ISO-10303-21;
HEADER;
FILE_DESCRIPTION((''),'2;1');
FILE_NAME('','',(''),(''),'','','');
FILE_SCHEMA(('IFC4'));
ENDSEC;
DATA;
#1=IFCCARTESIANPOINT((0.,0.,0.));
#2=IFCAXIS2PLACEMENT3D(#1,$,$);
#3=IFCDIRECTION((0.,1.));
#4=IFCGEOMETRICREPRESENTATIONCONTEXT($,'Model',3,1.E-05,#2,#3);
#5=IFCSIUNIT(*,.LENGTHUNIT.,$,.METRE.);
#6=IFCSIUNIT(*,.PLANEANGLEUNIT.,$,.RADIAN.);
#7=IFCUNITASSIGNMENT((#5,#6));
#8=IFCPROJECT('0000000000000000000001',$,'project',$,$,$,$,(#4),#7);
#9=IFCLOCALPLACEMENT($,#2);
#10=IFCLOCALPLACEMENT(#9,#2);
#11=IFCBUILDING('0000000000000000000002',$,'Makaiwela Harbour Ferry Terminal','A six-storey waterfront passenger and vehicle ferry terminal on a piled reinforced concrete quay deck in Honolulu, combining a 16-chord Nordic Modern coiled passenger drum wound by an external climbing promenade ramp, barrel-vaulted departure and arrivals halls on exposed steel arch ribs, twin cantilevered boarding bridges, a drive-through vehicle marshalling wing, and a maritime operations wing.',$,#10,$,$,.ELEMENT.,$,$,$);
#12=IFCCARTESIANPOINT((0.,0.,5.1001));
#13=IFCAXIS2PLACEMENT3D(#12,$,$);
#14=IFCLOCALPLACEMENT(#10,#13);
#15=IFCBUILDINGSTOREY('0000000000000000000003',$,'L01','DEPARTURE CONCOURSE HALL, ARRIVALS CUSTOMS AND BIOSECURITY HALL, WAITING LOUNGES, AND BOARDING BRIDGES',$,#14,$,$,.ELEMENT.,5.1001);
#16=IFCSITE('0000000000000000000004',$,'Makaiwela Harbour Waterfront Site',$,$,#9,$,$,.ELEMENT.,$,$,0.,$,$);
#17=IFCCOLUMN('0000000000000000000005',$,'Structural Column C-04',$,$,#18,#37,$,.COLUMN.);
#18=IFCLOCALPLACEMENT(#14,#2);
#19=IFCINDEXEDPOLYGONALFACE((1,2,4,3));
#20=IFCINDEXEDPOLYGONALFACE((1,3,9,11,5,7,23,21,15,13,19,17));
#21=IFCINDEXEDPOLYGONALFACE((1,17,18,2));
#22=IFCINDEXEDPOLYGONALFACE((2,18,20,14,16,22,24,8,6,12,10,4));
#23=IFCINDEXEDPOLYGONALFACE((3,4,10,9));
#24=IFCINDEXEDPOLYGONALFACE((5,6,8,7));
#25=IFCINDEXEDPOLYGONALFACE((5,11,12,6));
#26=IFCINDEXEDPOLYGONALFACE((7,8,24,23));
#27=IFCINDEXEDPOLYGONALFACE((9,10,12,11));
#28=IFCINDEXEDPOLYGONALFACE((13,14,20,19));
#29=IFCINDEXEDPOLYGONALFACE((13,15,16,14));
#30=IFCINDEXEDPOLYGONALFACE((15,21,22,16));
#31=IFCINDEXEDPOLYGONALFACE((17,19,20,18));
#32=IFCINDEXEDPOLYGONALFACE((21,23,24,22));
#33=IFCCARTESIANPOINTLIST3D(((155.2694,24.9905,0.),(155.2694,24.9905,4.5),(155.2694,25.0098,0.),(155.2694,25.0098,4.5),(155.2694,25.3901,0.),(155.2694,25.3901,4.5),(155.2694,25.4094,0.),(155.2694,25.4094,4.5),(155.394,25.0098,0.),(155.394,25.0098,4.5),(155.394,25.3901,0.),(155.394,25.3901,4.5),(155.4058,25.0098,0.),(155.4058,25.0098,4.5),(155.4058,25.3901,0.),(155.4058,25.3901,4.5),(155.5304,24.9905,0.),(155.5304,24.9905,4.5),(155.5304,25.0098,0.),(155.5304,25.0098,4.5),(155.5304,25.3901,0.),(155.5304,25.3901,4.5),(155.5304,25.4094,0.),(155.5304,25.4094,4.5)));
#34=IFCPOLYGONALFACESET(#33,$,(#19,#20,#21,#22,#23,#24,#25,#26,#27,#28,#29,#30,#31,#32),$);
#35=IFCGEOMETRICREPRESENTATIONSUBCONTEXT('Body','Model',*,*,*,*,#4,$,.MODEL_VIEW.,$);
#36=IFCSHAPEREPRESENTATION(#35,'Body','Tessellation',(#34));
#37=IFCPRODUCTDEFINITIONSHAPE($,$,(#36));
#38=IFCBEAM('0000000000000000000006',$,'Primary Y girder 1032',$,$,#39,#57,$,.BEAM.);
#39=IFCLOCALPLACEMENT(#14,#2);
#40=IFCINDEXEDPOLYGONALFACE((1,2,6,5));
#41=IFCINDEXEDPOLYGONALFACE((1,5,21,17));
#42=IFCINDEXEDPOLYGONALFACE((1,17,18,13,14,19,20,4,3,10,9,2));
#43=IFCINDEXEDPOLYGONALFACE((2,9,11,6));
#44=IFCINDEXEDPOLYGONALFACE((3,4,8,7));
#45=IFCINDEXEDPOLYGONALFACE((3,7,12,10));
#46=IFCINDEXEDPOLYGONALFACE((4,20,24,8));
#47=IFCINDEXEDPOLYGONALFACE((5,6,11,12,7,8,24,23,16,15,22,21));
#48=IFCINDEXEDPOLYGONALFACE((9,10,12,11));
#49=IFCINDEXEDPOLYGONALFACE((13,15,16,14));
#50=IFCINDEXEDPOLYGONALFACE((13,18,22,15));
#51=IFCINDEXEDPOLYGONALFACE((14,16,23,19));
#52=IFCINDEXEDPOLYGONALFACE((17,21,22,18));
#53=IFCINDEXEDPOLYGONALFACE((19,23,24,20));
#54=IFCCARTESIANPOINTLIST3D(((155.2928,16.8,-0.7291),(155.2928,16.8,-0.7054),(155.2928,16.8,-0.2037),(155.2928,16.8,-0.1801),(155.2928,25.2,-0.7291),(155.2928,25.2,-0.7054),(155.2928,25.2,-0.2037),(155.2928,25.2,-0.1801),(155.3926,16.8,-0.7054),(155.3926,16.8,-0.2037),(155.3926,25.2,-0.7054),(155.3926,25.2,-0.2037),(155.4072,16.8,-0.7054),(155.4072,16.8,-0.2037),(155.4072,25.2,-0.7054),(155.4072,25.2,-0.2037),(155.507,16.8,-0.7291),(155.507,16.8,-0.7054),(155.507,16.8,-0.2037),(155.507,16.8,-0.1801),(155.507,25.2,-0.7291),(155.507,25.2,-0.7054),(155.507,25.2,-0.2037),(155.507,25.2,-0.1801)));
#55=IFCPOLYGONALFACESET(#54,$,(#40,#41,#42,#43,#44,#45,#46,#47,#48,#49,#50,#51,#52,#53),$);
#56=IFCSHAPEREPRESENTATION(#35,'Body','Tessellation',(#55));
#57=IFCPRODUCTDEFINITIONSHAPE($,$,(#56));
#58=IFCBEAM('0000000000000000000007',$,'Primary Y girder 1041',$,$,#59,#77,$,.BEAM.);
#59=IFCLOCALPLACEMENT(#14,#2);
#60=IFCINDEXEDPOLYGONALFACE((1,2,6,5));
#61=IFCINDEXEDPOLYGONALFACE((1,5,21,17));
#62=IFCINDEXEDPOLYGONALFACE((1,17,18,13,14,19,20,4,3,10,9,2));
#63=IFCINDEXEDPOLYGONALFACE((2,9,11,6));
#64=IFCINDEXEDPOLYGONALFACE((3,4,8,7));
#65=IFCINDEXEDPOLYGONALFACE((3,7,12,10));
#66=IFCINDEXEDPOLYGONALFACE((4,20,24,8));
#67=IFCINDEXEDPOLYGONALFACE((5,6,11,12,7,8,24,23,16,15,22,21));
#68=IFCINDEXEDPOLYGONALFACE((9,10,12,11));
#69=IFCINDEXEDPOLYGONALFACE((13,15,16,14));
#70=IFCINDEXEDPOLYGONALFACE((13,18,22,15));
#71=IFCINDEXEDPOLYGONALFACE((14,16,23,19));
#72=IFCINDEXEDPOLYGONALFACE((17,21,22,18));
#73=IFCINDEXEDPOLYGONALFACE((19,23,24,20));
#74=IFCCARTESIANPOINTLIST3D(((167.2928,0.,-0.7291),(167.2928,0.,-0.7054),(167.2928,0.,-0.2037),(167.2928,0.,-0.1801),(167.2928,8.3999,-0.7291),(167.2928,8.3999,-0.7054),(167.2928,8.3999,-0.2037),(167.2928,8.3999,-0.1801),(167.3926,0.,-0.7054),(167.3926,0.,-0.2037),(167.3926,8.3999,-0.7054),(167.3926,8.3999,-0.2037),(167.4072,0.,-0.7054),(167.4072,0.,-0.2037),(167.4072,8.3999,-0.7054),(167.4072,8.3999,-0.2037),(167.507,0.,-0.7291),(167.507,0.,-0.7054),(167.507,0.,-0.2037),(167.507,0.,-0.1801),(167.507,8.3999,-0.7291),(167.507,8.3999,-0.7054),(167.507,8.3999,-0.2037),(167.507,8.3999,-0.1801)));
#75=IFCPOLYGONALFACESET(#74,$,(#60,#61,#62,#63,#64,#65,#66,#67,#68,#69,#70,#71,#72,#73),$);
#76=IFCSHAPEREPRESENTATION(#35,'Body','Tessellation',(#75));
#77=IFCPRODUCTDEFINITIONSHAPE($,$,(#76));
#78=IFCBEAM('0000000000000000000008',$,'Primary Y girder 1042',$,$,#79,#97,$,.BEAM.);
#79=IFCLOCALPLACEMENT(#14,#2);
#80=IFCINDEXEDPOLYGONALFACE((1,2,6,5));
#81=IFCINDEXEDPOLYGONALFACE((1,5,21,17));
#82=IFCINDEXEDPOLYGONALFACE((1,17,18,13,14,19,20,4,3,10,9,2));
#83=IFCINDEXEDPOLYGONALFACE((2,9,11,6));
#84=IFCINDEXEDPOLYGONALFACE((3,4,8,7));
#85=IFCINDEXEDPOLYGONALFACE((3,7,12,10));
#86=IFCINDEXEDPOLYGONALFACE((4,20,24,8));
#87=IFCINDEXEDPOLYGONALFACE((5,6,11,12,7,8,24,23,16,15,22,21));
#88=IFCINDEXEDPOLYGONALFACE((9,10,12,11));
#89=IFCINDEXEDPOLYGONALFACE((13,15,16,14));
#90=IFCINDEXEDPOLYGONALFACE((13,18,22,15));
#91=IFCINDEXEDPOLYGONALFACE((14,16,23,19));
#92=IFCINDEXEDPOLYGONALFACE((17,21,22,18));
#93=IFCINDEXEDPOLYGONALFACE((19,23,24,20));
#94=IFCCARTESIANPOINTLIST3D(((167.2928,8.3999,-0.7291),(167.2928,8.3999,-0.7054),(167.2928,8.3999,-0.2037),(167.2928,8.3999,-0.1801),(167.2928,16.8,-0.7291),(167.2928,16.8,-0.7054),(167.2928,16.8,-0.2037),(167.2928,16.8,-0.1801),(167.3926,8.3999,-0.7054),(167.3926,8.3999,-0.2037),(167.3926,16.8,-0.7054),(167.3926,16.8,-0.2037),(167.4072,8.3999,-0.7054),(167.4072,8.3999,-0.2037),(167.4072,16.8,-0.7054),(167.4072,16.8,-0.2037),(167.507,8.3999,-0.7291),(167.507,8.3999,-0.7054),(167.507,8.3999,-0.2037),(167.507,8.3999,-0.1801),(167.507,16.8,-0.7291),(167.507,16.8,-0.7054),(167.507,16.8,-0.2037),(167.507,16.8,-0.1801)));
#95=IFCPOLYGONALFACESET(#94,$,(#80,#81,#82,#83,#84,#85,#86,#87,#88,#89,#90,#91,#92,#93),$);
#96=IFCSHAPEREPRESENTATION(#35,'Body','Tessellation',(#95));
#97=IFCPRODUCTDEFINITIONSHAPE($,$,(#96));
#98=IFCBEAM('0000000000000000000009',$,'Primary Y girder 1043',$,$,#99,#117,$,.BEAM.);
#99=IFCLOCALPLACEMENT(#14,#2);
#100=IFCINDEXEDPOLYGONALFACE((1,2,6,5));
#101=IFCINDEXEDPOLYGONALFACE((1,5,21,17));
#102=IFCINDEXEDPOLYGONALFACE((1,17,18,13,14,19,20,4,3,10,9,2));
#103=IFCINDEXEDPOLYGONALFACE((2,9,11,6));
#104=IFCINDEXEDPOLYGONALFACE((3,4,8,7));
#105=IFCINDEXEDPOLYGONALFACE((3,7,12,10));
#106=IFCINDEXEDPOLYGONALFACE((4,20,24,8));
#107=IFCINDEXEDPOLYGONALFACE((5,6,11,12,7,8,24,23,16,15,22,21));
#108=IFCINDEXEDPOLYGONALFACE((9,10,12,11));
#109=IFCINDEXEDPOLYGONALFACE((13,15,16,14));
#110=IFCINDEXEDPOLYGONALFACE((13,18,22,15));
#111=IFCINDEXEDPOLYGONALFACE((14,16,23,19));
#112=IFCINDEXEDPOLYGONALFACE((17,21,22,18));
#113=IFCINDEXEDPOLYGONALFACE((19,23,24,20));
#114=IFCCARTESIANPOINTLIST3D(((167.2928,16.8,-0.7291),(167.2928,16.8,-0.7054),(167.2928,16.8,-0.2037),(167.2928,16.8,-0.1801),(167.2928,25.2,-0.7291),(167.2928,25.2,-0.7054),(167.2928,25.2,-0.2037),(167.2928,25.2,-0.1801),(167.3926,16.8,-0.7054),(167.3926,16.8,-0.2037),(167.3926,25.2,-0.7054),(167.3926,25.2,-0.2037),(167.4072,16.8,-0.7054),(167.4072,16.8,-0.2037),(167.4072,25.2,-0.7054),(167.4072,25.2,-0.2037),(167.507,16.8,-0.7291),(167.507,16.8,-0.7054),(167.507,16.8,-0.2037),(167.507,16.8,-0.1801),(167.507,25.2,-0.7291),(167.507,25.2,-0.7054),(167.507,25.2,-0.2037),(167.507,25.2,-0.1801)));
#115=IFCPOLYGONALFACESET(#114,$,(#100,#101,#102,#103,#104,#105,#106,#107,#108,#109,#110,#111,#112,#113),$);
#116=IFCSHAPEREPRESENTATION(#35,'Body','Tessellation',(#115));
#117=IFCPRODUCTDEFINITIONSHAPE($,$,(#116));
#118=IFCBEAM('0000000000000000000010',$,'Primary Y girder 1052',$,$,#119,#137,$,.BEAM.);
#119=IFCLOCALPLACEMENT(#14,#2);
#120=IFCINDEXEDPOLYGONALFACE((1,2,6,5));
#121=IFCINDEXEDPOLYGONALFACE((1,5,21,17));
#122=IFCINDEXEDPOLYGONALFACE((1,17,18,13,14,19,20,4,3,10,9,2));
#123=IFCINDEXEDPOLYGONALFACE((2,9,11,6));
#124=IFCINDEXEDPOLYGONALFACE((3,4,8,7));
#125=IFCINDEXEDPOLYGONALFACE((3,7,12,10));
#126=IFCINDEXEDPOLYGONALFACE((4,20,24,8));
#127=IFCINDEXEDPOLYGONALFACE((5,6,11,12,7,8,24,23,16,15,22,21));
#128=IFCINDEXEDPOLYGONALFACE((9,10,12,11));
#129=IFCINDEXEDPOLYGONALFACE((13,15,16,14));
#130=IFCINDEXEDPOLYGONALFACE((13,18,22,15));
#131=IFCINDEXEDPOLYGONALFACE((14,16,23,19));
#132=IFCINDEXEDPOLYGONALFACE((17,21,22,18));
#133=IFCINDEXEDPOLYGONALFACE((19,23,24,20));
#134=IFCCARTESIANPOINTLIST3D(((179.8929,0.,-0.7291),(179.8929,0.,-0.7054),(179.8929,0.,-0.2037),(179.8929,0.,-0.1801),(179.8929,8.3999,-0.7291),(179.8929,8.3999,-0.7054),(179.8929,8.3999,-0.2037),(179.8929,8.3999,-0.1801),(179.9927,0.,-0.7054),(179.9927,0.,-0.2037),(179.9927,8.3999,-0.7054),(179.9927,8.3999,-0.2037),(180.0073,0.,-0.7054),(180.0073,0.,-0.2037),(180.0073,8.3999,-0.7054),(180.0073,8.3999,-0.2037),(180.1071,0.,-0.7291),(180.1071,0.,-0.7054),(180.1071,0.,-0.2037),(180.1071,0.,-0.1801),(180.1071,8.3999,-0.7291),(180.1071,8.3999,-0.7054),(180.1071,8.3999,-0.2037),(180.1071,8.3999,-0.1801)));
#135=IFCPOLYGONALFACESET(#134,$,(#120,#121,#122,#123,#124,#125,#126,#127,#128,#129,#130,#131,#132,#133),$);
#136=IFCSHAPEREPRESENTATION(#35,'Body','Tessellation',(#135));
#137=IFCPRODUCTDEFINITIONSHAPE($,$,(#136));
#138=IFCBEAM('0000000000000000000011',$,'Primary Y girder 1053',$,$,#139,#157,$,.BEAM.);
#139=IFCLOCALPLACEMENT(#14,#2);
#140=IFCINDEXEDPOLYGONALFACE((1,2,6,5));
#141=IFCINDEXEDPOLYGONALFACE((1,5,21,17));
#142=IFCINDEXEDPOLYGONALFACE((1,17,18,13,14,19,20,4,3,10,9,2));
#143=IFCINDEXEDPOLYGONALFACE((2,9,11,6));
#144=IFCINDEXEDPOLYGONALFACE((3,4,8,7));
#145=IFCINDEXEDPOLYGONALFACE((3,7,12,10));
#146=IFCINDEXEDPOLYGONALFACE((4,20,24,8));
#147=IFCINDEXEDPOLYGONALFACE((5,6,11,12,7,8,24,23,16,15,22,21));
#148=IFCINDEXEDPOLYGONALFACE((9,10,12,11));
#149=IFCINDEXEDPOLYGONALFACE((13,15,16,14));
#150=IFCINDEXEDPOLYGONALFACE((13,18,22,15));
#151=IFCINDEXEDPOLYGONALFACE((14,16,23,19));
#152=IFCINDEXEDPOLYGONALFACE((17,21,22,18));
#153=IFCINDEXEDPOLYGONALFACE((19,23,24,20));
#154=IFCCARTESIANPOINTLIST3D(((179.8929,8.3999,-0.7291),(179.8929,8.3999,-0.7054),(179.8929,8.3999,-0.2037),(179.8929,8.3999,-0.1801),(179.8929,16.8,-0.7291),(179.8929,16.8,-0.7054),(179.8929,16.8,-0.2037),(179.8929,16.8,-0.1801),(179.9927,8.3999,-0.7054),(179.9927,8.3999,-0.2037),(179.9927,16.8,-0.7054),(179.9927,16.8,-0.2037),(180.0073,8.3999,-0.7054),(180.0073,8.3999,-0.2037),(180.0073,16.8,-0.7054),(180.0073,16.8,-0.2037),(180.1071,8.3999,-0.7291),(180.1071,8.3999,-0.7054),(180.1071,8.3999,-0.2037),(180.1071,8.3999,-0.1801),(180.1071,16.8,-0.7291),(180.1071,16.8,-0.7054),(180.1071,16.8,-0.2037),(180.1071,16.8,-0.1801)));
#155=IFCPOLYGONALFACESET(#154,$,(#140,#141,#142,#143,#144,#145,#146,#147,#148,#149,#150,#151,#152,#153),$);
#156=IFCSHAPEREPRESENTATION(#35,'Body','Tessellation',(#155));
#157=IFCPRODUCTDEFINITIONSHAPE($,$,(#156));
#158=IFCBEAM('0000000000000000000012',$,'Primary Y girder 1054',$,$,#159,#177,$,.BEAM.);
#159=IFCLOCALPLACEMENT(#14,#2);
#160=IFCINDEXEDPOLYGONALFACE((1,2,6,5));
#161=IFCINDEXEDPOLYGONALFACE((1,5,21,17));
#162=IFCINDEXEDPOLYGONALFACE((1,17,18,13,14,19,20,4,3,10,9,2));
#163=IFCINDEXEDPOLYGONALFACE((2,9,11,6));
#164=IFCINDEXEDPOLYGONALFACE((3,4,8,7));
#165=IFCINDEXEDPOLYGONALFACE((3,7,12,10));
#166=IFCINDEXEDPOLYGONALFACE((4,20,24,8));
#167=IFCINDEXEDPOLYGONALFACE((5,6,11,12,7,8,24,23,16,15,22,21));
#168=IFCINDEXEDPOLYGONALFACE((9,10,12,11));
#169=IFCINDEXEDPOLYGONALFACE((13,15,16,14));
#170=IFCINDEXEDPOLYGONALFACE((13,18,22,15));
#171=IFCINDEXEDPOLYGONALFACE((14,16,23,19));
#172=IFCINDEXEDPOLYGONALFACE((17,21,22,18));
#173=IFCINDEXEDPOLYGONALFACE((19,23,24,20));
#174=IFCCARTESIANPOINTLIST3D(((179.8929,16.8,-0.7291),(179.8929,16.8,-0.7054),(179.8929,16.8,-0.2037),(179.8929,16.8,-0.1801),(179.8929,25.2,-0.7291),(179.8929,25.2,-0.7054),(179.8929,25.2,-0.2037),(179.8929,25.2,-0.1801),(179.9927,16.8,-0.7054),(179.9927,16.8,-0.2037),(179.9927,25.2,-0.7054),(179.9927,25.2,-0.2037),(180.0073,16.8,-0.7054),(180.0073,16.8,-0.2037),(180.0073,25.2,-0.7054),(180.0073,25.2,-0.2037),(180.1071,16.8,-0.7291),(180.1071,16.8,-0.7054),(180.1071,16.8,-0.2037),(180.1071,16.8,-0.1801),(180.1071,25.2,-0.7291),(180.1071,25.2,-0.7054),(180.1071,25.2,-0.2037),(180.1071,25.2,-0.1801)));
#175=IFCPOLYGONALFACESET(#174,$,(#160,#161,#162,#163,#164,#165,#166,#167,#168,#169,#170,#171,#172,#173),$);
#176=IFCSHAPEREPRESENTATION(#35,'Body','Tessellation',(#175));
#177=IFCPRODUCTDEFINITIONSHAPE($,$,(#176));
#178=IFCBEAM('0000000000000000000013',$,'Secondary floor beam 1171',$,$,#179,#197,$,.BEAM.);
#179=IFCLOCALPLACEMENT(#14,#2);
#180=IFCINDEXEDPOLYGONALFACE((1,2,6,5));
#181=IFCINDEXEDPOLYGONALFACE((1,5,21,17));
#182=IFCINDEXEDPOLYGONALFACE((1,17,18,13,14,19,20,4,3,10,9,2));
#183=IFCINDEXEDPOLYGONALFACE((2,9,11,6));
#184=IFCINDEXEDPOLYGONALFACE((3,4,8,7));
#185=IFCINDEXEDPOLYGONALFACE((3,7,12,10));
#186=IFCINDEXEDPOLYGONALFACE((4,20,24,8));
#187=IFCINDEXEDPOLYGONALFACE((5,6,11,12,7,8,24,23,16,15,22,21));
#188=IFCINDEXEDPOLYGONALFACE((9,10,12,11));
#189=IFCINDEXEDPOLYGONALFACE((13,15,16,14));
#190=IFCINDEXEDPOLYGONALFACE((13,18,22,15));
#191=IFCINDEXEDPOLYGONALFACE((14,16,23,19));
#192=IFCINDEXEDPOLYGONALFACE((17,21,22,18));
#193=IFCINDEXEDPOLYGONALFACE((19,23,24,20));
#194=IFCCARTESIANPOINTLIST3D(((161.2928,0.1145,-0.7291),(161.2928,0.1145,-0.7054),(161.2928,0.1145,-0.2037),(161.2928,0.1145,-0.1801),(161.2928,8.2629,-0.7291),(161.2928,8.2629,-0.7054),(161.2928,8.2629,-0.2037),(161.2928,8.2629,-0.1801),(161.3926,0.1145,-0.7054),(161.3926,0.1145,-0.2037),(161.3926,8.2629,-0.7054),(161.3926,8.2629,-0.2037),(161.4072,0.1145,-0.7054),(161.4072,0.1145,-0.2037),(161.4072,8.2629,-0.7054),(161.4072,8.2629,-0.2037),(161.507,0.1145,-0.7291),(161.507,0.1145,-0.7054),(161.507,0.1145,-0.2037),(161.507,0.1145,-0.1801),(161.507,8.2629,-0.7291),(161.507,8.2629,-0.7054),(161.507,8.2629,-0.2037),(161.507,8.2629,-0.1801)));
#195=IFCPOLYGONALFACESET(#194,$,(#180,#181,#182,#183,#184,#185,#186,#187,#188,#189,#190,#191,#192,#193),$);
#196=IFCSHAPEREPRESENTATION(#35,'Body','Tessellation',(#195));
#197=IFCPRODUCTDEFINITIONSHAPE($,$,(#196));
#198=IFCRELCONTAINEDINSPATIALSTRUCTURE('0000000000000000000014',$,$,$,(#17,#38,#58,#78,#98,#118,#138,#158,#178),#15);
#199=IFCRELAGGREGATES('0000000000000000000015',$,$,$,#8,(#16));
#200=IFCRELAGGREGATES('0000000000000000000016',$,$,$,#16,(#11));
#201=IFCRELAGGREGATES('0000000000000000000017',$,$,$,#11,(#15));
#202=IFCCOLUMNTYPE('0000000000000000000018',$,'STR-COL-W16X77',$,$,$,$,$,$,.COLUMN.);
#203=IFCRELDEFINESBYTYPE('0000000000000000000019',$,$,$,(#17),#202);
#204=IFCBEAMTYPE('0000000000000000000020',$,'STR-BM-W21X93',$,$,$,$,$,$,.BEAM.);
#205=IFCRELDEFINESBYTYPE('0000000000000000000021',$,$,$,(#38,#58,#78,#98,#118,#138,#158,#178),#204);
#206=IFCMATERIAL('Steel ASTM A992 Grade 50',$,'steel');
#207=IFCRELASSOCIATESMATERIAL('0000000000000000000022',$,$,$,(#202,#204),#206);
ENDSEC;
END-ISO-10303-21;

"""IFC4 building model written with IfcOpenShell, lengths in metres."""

from ifc_helpers import new_model, si_unit, direction, frame, origin, origin_2d, place, context, subcontext, project, spatial, i_section, extrude, material, material_profile, profile_set, type_object, element, save


model = new_model("IFC4")

# Units and contexts
model_context = context("Model", 3, precision=1e-05, world=origin(), true_north=direction((0.0, 1.0)))
body_context = subcontext(model_context, "Body", "Model", "MODEL_VIEW")
ifc_project = project(units=[si_unit("LENGTHUNIT", "METRE"), si_unit("PLANEANGLEUNIT", "RADIAN")], contexts=[model_context])

# Site, building, storey
site_placement = place(None, origin())
site = spatial("IfcSite", under=ifc_project, at=site_placement, Name="Makaiwela Harbour Waterfront Site", CompositionType="ELEMENT", RefElevation=0.0)
building_placement = place(site_placement, origin())
building = spatial("IfcBuilding", under=site, at=building_placement, Name="Makaiwela Harbour Ferry Terminal", Description="A six-storey waterfront passenger and vehicle ferry terminal on a piled reinforced concrete quay deck in Honolulu, combining a 16-chord Nordic Modern coiled passenger drum wound by an external climbing promenade ramp, barrel-vaulted departure and arrivals halls on exposed steel arch ribs, twin cantilevered boarding bridges, a drive-through vehicle marshalling wing, and a maritime operations wing.", CompositionType="ELEMENT")
storey_placement = place(building_placement, frame((0.0, 0.0, 5.1001)))
storey = spatial("IfcBuildingStorey", under=building, at=storey_placement, Name="L01", Description="DEPARTURE CONCOURSE HALL, ARRIVALS CUSTOMS AND BIOSECURITY HALL, WAITING LOUNGES, AND BOARDING BRIDGES", CompositionType="ELEMENT", Elevation=5.1001)

# Column
ifc_material_1 = material(Name="Steel ASTM A992 Grade 50", Category="steel")
ifc_material_profile_1 = material_profile(ifc_material_1, i_section(OverallWidth=0.261, OverallDepth=0.4189, WebThickness=0.0117, FlangeThickness=0.0193, at=origin_2d()), Name="W16X77")
ifc_profile_set_1 = profile_set([ifc_material_profile_1], Name="Steel ASTM A992 Grade 50")
column_type = type_object("IfcColumnType", Name="STR-COL-W16X77", PredefinedType="COLUMN", material=ifc_profile_set_1)
column_placement = place(storey_placement, frame((155.3999, 25.2, 0.0), z_axis=(0.0, 0.0, 1.0), x_axis=(1.0, 0.0, 0.0)))
element("IfcColumn", 1, at=column_placement, inside=storey, type_object=column_type, Name="Structural Column C-04", PredefinedType="COLUMN", context=body_context, shape_type="SweptSolid", body=[
    extrude(i_section(OverallWidth=0.261, OverallDepth=0.4189, WebThickness=0.0117, FlangeThickness=0.0193, at=origin_2d()), origin(), (0.0, 0.0, 1.0), 4.5),
])

# Beams
ifc_material_profile_2 = material_profile(ifc_material_1, i_section(OverallWidth=0.2141, OverallDepth=0.5491, WebThickness=0.0146, FlangeThickness=0.0237, at=origin_2d()), Name="W21X93")
ifc_profile_set_2 = profile_set([ifc_material_profile_2], Name="Steel ASTM A992 Grade 50")
beam_type_1 = type_object("IfcBeamType", Name="STR-BM-W21X93", PredefinedType="BEAM", material=ifc_profile_set_2)
for number, where, z_axis, x_axis, name in (
    (2, (155.3999, 16.8, -0.4546), (0.0, 1.0, 0.0), (-1.0, 0.0, 0.0), "Primary Y girder 1032"),
    (3, (167.3999, 0.0, -0.4546), (0.0, 1.0, 0.0), (-1.0, 0.0, 0.0), "Primary Y girder 1041"),
):
    element("IfcBeam", number, at=place(storey_placement, frame(where, z_axis=z_axis, x_axis=x_axis)), inside=storey, type_object=beam_type_1, Name=name, PredefinedType="BEAM", context=body_context, shape_type="SweptSolid", body=[
        extrude(i_section(OverallWidth=0.2141, OverallDepth=0.5491, WebThickness=0.0146, FlangeThickness=0.0237, at=origin_2d()), origin(), (0.0, 0.0, 1.0), 8.3999),
    ])
beam_1_placement = place(storey_placement, frame((167.3999, 8.3999, -0.4546), z_axis=(0.0, 1.0, 0.0), x_axis=(-1.0, 0.0, 0.0)))
element("IfcBeam", 4, at=beam_1_placement, inside=storey, type_object=beam_type_1, Name="Primary Y girder 1042", PredefinedType="BEAM", context=body_context, shape_type="SweptSolid", body=[
    extrude(i_section(OverallWidth=0.2141, OverallDepth=0.5491, WebThickness=0.0146, FlangeThickness=0.0237, at=origin_2d()), origin(), (0.0, 0.0, 1.0), 8.4001),
])
for number, where, z_axis, x_axis, name in (
    (5, (167.3999, 16.8, -0.4546), (0.0, 1.0, 0.0), (-1.0, 0.0, 0.0), "Primary Y girder 1043"),
    (6, (180.0, 0.0, -0.4546), (0.0, 1.0, 0.0), (-1.0, 0.0, 0.0), "Primary Y girder 1052"),
):
    element("IfcBeam", number, at=place(storey_placement, frame(where, z_axis=z_axis, x_axis=x_axis)), inside=storey, type_object=beam_type_1, Name=name, PredefinedType="BEAM", context=body_context, shape_type="SweptSolid", body=[
        extrude(i_section(OverallWidth=0.2141, OverallDepth=0.5491, WebThickness=0.0146, FlangeThickness=0.0237, at=origin_2d()), origin(), (0.0, 0.0, 1.0), 8.3999),
    ])
beam_2_placement = place(storey_placement, frame((180.0, 8.3999, -0.4546), z_axis=(0.0, 1.0, 0.0), x_axis=(-1.0, 0.0, 0.0)))
element("IfcBeam", 7, at=beam_2_placement, inside=storey, type_object=beam_type_1, Name="Primary Y girder 1053", PredefinedType="BEAM", context=body_context, shape_type="SweptSolid", body=[
    extrude(i_section(OverallWidth=0.2141, OverallDepth=0.5491, WebThickness=0.0146, FlangeThickness=0.0237, at=origin_2d()), origin(), (0.0, 0.0, 1.0), 8.4001),
])
beam_3_placement = place(storey_placement, frame((180.0, 16.8, -0.4546), z_axis=(0.0, 1.0, 0.0), x_axis=(-1.0, 0.0, 0.0)))
element("IfcBeam", 8, at=beam_3_placement, inside=storey, type_object=beam_type_1, Name="Primary Y girder 1054", PredefinedType="BEAM", context=body_context, shape_type="SweptSolid", body=[
    extrude(i_section(OverallWidth=0.2141, OverallDepth=0.5491, WebThickness=0.0146, FlangeThickness=0.0237, at=origin_2d()), origin(), (0.0, 0.0, 1.0), 8.3999),
])
beam_4_placement = place(storey_placement, frame((161.3999, 0.1145, -0.4546), z_axis=(0.0, 1.0, 0.0), x_axis=(-1.0, 0.0, 0.0)))
element("IfcBeam", 9, at=beam_4_placement, inside=storey, type_object=beam_type_1, Name="Secondary floor beam 1171", PredefinedType="BEAM", context=body_context, shape_type="SweptSolid", body=[
    extrude(i_section(OverallWidth=0.2141, OverallDepth=0.5491, WebThickness=0.0146, FlangeThickness=0.0237, at=origin_2d()), origin(), (0.0, 0.0, 1.0), 8.1484),
])

save(model, "model.ifc")
